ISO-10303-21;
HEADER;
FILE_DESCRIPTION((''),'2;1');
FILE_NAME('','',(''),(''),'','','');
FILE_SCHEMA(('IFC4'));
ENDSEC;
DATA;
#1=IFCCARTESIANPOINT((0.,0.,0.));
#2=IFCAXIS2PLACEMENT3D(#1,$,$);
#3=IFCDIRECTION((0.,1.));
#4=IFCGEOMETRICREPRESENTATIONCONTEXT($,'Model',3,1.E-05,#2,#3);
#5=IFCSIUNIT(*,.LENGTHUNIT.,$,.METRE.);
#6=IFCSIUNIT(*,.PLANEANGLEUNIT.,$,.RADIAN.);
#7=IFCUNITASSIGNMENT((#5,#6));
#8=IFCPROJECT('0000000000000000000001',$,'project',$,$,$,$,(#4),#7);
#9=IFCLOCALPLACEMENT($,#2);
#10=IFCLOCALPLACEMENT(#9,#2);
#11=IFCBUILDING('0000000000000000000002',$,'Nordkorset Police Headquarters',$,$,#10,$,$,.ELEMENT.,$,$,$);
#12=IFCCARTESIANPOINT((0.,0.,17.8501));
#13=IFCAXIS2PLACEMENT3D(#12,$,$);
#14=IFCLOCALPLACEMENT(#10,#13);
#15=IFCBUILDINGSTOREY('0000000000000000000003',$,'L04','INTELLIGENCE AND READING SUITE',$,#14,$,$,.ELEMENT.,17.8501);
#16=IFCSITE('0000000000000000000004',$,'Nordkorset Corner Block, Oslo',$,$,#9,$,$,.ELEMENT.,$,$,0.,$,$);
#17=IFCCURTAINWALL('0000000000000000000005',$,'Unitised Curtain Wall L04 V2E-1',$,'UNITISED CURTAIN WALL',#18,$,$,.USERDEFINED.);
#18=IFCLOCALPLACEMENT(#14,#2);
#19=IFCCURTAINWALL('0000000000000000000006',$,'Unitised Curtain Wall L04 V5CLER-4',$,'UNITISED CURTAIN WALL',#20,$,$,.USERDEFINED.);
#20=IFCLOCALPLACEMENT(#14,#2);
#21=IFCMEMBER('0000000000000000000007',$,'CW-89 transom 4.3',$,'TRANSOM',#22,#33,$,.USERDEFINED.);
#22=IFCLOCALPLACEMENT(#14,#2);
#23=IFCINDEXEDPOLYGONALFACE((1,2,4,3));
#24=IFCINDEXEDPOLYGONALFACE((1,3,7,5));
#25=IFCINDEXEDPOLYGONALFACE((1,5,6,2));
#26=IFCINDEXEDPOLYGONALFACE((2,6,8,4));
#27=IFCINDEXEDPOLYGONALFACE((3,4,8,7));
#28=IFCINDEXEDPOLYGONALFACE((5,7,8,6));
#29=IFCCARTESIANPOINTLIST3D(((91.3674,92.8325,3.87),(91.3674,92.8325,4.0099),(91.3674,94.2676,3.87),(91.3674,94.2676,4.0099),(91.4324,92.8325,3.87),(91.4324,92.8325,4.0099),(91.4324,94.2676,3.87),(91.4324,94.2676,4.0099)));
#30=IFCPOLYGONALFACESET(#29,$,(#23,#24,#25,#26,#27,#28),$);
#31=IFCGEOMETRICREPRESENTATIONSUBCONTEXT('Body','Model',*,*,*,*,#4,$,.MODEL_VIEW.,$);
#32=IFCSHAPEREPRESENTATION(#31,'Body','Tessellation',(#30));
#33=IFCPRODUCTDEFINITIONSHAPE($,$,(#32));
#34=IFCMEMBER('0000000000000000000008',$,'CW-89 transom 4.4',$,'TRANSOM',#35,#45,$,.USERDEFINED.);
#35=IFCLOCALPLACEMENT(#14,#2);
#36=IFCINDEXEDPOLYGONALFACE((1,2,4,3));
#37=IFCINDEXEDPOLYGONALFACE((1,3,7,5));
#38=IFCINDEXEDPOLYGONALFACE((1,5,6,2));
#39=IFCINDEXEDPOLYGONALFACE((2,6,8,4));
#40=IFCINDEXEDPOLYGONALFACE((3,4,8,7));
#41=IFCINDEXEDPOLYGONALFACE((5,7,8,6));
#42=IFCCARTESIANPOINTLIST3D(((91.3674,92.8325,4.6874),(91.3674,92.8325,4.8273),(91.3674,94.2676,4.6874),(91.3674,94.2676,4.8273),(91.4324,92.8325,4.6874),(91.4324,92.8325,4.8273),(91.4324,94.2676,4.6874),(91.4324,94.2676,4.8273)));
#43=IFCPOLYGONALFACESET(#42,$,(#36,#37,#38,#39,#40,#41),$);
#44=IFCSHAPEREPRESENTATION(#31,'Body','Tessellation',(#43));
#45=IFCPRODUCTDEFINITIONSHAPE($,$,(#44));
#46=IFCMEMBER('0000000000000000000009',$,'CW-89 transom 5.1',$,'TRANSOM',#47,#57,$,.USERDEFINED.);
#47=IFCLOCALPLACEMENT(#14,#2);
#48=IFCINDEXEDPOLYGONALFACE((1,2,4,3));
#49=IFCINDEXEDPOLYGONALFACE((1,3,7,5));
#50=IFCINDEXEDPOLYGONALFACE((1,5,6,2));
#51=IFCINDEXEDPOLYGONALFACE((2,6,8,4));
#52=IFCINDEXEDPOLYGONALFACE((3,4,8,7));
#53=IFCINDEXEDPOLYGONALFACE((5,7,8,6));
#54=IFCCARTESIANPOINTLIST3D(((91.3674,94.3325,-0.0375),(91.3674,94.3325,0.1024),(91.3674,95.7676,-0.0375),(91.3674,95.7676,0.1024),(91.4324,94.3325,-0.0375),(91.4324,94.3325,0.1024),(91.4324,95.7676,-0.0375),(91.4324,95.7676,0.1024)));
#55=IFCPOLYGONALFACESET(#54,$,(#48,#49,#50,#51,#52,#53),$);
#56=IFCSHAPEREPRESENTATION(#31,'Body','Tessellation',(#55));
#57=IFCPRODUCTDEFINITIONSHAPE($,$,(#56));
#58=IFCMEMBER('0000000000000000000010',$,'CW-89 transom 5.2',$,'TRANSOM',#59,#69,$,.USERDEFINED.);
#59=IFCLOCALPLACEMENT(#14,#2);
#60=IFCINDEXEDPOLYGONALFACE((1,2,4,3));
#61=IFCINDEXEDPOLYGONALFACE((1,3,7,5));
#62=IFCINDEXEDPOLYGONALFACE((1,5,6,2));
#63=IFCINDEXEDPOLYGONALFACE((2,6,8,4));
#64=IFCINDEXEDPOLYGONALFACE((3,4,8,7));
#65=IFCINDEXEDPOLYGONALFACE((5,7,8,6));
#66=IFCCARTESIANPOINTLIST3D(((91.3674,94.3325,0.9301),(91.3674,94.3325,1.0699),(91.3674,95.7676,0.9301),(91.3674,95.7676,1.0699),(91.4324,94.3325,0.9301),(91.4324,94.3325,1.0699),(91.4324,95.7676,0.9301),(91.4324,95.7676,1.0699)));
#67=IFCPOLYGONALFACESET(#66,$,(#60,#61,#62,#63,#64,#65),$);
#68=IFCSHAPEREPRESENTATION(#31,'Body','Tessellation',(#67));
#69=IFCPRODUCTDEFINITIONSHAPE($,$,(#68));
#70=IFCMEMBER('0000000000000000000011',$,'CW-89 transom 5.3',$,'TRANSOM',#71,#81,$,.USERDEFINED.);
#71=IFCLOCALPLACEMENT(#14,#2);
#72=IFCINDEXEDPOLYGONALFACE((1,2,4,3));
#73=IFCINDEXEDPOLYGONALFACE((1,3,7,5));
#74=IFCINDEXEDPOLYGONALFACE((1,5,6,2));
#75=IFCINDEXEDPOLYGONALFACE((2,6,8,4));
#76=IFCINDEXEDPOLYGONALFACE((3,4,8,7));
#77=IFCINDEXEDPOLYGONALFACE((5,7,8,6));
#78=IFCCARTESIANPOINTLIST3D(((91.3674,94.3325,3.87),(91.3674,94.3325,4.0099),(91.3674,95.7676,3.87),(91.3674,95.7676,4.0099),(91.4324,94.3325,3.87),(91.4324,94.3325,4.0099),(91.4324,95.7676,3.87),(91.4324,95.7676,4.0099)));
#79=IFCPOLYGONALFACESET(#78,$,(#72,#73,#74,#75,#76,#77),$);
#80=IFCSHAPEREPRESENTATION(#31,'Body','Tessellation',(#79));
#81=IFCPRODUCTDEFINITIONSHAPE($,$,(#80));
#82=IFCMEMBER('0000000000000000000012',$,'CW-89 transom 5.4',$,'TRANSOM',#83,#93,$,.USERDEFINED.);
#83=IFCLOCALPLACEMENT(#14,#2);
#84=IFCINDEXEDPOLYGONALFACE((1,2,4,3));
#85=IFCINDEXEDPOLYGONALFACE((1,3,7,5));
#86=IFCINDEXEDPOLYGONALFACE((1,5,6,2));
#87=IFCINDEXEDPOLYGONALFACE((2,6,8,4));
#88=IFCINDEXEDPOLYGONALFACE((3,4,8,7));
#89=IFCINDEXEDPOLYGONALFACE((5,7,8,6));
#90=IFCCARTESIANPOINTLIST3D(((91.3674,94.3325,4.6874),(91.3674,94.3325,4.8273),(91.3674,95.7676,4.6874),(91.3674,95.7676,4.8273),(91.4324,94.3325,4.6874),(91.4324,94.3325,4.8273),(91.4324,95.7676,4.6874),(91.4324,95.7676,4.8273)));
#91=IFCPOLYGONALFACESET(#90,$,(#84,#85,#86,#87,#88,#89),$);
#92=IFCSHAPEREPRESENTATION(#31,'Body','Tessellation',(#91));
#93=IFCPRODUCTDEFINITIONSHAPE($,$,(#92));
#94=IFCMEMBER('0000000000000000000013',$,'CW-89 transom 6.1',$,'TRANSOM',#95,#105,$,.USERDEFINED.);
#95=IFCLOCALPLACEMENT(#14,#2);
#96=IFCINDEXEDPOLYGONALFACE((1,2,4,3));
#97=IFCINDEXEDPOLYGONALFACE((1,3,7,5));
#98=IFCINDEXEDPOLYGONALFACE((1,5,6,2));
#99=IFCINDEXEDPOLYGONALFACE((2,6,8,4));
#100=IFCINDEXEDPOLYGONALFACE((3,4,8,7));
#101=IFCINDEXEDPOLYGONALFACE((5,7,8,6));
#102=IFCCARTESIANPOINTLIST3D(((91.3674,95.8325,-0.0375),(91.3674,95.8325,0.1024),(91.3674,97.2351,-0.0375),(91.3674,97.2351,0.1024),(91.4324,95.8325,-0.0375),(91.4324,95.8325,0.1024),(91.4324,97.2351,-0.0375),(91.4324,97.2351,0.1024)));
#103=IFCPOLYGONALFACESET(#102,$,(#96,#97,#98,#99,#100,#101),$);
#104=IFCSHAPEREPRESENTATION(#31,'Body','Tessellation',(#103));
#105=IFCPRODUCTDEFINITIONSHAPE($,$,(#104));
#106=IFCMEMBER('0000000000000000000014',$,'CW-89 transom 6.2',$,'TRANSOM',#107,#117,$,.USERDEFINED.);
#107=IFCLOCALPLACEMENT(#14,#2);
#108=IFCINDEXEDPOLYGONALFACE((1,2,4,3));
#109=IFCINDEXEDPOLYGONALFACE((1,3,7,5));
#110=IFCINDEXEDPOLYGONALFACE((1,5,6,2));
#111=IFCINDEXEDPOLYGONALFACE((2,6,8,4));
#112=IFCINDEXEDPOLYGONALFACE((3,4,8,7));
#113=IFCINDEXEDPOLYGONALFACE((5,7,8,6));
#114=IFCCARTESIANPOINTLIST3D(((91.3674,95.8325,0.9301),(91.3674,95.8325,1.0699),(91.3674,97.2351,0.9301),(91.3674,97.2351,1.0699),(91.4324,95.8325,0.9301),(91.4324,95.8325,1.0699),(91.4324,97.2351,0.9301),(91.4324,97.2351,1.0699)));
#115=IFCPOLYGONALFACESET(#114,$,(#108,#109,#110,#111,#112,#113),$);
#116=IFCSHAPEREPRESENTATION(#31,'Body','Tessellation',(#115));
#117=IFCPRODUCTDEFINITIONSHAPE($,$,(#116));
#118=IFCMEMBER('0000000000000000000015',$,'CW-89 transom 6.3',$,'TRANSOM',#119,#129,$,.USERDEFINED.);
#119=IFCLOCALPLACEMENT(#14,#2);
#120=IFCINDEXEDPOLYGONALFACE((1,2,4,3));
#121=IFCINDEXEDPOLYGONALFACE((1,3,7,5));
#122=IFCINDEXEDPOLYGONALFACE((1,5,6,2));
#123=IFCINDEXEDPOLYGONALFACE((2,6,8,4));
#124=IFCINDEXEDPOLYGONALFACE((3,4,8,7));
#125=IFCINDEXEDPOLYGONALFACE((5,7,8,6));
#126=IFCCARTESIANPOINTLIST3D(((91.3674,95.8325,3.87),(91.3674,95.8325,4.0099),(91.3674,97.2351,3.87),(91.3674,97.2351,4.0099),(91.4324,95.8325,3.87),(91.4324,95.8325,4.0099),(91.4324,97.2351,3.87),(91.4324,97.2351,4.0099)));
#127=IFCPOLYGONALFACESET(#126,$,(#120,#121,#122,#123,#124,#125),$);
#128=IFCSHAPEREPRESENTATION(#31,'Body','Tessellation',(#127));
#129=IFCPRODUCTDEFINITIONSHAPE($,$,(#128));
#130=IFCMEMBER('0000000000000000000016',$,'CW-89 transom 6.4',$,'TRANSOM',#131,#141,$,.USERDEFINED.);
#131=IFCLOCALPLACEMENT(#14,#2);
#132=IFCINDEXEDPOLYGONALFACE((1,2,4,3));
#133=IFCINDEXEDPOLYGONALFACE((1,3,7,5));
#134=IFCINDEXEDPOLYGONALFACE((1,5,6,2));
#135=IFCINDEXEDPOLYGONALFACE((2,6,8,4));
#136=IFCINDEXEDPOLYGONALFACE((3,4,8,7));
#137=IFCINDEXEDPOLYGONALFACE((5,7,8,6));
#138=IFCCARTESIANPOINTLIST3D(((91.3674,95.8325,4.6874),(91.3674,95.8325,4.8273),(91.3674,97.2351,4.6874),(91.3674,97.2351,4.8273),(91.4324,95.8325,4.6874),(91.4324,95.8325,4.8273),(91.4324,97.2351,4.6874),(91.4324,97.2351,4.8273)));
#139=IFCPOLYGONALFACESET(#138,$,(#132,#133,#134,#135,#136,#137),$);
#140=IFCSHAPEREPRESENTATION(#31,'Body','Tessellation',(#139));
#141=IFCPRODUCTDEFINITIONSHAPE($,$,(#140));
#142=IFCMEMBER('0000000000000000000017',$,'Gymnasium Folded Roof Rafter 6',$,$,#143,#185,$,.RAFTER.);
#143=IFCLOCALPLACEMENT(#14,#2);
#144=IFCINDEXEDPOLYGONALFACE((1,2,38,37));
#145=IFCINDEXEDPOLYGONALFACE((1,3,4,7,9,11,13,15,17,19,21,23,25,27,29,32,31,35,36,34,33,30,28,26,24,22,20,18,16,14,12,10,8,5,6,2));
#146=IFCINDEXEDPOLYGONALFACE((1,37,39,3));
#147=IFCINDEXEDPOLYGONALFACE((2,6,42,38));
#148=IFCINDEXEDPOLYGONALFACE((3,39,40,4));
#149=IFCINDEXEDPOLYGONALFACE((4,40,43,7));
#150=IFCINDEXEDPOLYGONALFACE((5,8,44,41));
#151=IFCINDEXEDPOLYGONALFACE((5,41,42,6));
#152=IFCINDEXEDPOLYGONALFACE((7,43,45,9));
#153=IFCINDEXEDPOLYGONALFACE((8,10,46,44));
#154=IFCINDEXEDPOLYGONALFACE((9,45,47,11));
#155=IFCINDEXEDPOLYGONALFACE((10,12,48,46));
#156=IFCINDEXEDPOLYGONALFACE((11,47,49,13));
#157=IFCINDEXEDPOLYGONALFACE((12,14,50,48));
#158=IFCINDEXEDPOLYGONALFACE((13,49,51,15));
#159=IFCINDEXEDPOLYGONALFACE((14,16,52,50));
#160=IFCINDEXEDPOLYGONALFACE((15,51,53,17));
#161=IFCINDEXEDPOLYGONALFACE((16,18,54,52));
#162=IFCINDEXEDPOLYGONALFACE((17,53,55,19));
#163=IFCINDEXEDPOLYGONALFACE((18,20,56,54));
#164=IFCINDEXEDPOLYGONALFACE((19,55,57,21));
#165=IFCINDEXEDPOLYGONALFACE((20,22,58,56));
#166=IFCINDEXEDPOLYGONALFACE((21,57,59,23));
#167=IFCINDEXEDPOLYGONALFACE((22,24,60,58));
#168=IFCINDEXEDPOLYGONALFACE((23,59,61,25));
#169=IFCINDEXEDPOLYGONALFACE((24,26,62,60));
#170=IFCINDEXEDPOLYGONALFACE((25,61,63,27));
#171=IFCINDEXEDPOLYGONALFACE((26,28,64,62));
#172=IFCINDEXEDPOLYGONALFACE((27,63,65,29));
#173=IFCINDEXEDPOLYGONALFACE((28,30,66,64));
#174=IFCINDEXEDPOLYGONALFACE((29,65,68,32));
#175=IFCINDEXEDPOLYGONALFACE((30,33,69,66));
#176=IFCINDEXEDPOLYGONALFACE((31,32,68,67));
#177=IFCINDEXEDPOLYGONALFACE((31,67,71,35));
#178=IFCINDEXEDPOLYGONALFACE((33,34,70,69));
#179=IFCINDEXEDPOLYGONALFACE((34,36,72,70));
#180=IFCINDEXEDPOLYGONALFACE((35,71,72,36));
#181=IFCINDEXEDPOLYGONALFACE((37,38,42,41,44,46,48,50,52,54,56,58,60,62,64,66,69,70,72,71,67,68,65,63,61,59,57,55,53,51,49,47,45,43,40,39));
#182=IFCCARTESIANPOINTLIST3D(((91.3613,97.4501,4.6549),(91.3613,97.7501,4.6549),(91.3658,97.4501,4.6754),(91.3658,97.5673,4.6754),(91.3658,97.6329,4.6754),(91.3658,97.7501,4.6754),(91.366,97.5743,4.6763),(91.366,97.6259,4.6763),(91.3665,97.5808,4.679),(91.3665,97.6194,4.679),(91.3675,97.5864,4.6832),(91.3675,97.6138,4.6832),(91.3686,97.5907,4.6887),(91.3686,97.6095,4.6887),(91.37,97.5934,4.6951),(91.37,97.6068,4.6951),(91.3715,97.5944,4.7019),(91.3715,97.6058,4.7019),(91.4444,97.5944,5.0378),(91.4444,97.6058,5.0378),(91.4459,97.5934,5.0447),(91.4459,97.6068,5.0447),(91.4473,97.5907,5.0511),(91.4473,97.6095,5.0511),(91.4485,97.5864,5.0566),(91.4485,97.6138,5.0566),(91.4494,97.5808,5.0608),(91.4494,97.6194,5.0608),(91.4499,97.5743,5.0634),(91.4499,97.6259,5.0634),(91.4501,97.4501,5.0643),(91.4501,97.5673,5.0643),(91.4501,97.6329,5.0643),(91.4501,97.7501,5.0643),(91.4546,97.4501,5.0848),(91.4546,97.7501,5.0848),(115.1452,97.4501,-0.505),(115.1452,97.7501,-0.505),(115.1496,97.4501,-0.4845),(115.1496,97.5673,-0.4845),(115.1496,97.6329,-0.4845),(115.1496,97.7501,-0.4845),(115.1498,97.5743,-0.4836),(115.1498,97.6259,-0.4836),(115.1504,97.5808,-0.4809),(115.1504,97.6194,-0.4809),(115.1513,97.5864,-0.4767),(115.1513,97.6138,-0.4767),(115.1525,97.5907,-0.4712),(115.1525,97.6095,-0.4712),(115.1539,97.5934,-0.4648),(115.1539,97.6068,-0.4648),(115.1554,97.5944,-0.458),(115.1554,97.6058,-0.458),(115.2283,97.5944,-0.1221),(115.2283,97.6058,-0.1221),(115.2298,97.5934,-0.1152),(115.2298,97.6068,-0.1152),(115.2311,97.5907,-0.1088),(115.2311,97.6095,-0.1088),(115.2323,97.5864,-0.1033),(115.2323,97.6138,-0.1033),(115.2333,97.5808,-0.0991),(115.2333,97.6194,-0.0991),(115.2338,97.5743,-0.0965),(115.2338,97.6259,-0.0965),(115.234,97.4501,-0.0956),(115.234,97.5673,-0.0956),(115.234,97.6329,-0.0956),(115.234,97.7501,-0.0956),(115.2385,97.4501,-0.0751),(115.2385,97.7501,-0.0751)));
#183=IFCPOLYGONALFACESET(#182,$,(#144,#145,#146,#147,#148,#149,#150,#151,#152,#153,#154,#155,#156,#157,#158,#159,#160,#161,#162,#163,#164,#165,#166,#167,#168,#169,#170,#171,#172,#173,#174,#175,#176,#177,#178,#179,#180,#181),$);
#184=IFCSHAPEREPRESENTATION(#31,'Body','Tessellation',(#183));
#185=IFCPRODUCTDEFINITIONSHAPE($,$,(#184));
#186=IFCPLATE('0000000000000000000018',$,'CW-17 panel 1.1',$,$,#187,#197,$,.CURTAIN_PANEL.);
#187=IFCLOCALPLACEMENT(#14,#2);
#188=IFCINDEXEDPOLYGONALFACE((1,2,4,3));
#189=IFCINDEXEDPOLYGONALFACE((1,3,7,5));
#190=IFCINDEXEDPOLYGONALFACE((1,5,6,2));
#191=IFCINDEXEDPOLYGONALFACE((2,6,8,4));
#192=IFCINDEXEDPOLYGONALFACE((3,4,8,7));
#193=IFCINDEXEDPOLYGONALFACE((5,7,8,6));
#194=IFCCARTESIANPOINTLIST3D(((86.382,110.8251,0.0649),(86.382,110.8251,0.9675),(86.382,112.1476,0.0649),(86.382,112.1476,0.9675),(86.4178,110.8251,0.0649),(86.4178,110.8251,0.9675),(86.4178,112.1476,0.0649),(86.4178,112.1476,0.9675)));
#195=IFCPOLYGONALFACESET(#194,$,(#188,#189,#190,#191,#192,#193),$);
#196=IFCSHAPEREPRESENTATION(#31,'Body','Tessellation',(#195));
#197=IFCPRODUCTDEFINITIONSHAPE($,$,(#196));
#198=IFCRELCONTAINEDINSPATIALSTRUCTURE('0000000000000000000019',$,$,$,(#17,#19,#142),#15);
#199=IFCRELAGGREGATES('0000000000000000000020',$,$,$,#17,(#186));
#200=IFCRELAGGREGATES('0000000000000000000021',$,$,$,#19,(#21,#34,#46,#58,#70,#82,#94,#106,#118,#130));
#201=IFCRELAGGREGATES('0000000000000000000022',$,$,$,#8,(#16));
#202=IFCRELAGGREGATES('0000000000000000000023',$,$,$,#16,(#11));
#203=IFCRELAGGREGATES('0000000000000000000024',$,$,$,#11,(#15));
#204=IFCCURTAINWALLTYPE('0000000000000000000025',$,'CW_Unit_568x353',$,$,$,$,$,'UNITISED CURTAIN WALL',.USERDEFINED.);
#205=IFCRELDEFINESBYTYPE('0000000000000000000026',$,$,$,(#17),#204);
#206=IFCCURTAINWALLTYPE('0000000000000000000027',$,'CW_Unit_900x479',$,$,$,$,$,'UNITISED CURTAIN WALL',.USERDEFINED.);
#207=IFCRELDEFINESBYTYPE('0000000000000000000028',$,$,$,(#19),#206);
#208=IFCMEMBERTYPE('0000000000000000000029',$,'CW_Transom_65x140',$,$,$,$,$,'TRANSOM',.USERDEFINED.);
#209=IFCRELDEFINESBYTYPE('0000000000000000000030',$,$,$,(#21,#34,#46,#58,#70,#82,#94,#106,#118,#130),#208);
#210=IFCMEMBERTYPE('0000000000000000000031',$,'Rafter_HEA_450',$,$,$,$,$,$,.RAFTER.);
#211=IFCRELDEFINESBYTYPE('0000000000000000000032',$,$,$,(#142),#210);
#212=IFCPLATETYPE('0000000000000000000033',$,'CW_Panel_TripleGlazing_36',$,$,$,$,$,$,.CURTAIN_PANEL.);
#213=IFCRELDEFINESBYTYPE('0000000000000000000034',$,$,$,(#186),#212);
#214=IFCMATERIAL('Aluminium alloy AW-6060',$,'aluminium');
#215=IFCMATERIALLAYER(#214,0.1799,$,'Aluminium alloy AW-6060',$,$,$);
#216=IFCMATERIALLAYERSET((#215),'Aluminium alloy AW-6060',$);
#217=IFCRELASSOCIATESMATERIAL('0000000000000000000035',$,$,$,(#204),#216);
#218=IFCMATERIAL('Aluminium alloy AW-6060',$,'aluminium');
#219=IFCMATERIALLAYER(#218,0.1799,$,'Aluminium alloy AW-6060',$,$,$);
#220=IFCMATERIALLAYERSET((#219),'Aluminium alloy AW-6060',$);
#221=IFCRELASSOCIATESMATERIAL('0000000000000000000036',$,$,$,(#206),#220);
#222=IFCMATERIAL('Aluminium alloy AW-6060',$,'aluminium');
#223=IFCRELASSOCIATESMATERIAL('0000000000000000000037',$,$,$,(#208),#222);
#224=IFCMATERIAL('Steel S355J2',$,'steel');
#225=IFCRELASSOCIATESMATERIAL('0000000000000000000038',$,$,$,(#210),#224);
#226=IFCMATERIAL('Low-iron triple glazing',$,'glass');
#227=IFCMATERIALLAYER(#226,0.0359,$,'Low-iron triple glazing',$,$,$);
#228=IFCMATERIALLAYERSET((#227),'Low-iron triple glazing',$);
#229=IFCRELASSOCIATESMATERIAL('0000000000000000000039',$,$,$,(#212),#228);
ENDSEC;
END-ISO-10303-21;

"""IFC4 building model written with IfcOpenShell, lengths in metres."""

from ifc_helpers import new_model, si_unit, direction, frame, origin, origin_2d, place, context, subcontext, project, spatial, rectangle, i_section, extrude, material, layer, layer_set, material_profile, profile_set, type_object, element, aggregate, save


model = new_model("IFC4")

# Units and contexts
model_context = context("Model", 3, precision=1e-05, world=origin(), true_north=direction((0.0, 1.0)))
body_context = subcontext(model_context, "Body", "Model", "MODEL_VIEW")
ifc_project = project(units=[si_unit("LENGTHUNIT", "METRE"), si_unit("PLANEANGLEUNIT", "RADIAN")], contexts=[model_context])

# Site, building, storey
site_placement = place(None, origin())
site = spatial("IfcSite", under=ifc_project, at=site_placement, Name="Nordkorset Corner Block, Oslo", CompositionType="ELEMENT", RefElevation=0.0)
building_placement = place(site_placement, origin())
building = spatial("IfcBuilding", under=site, at=building_placement, Name="Nordkorset Police Headquarters", CompositionType="ELEMENT")
storey_placement = place(building_placement, frame((0.0, 0.0, 17.8501)))
storey = spatial("IfcBuildingStorey", under=building, at=storey_placement, Name="L04", Description="INTELLIGENCE AND READING SUITE", CompositionType="ELEMENT", Elevation=17.8501)

# Curtain wall
ifc_material_1 = material(Name="Aluminium alloy AW-6060", Category="aluminium")
ifc_layer_1 = layer(ifc_material_1, 0.1799, Name="Aluminium alloy AW-6060")
ifc_layer_set_1 = layer_set([ifc_layer_1], Name="Aluminium alloy AW-6060")
curtain_wall_type_1 = type_object("IfcCurtainWallType", Name="CW_Unit_568x353", ElementType="UNITISED CURTAIN WALL", PredefinedType="USERDEFINED", material=ifc_layer_set_1)
curtain_wall_1_placement = place(storey_placement, origin())
curtain_wall_1 = element("IfcCurtainWall", 1, at=curtain_wall_1_placement, inside=storey, type_object=curtain_wall_type_1, Name="Unitised Curtain Wall L04 V2E-1", ObjectType="UNITISED CURTAIN WALL", PredefinedType="USERDEFINED")

# Curtain wall
ifc_material_2 = material(Name="Aluminium alloy AW-6060", Category="aluminium")
ifc_layer_2 = layer(ifc_material_2, 0.1799, Name="Aluminium alloy AW-6060")
ifc_layer_set_2 = layer_set([ifc_layer_2], Name="Aluminium alloy AW-6060")
curtain_wall_type_2 = type_object("IfcCurtainWallType", Name="CW_Unit_900x479", ElementType="UNITISED CURTAIN WALL", PredefinedType="USERDEFINED", material=ifc_layer_set_2)
curtain_wall_2_placement = place(storey_placement, origin())
curtain_wall_2 = element("IfcCurtainWall", 2, at=curtain_wall_2_placement, inside=storey, type_object=curtain_wall_type_2, Name="Unitised Curtain Wall L04 V5CLER-4", ObjectType="UNITISED CURTAIN WALL", PredefinedType="USERDEFINED")

# Members
ifc_material_3 = material(Name="Aluminium alloy AW-6060", Category="aluminium")
ifc_material_profile_1 = material_profile(ifc_material_3, rectangle(XDim=0.0649, YDim=0.1399, at=origin_2d()), Name="ALU TRAN 65x140")
ifc_profile_set_1 = profile_set([ifc_material_profile_1], Name="Aluminium alloy AW-6060")
member_type_1 = type_object("IfcMemberType", Name="CW_Transom_65x140", ElementType="TRANSOM", PredefinedType="USERDEFINED", material=ifc_profile_set_1)
member_1_placement = place(storey_placement, frame((91.3999, 92.8325, 3.9399), z_axis=(0.0, 1.0, 0.0), x_axis=(-1.0, 0.0, 0.0)))
member_1 = element("IfcMember", 3, at=member_1_placement, type_object=member_type_1, Name="CW-89 transom 4.3", ObjectType="TRANSOM", PredefinedType="USERDEFINED", context=body_context, shape_type="SweptSolid", body=[
    extrude(rectangle(XDim=0.0649, YDim=0.1399, at=origin_2d()), origin(), (0.0, 0.0, 1.0), 1.4351),
])
member_2_placement = place(storey_placement, frame((91.3999, 92.8325, 4.7573), z_axis=(0.0, 1.0, 0.0), x_axis=(-1.0, 0.0, 0.0)))
member_2 = element("IfcMember", 4, at=member_2_placement, type_object=member_type_1, Name="CW-89 transom 4.4", ObjectType="TRANSOM", PredefinedType="USERDEFINED", context=body_context, shape_type="SweptSolid", body=[
    extrude(rectangle(XDim=0.0649, YDim=0.1399, at=origin_2d()), origin(), (0.0, 0.0, 1.0), 1.4351),
])
member_3_placement = place(storey_placement, frame((91.3999, 94.3325, 0.0325), z_axis=(0.0, 1.0, 0.0), x_axis=(-1.0, 0.0, 0.0)))
member_3 = element("IfcMember", 5, at=member_3_placement, type_object=member_type_1, Name="CW-89 transom 5.1", ObjectType="TRANSOM", PredefinedType="USERDEFINED", context=body_context, shape_type="SweptSolid", body=[
    extrude(rectangle(XDim=0.0649, YDim=0.1399, at=origin_2d()), origin(), (0.0, 0.0, 1.0), 1.4351),
])
member_4_placement = place(storey_placement, frame((91.3999, 94.3325, 1.0), z_axis=(0.0, 1.0, 0.0), x_axis=(-1.0, 0.0, 0.0)))
member_4 = element("IfcMember", 6, at=member_4_placement, type_object=member_type_1, Name="CW-89 transom 5.2", ObjectType="TRANSOM", PredefinedType="USERDEFINED", context=body_context, shape_type="SweptSolid", body=[
    extrude(rectangle(XDim=0.0649, YDim=0.1399, at=origin_2d()), origin(), (0.0, 0.0, 1.0), 1.4351),
])
member_5_placement = place(storey_placement, frame((91.3999, 94.3325, 3.9399), z_axis=(0.0, 1.0, 0.0), x_axis=(-1.0, 0.0, 0.0)))
member_5 = element("IfcMember", 7, at=member_5_placement, type_object=member_type_1, Name="CW-89 transom 5.3", ObjectType="TRANSOM", PredefinedType="USERDEFINED", context=body_context, shape_type="SweptSolid", body=[
    extrude(rectangle(XDim=0.0649, YDim=0.1399, at=origin_2d()), origin(), (0.0, 0.0, 1.0), 1.4351),
])
member_6_placement = place(storey_placement, frame((91.3999, 94.3325, 4.7573), z_axis=(0.0, 1.0, 0.0), x_axis=(-1.0, 0.0, 0.0)))
member_6 = element("IfcMember", 8, at=member_6_placement, type_object=member_type_1, Name="CW-89 transom 5.4", ObjectType="TRANSOM", PredefinedType="USERDEFINED", context=body_context, shape_type="SweptSolid", body=[
    extrude(rectangle(XDim=0.0649, YDim=0.1399, at=origin_2d()), origin(), (0.0, 0.0, 1.0), 1.4351),
])
member_7_placement = place(storey_placement, frame((91.3999, 95.8325, 0.0325), z_axis=(0.0, 1.0, 0.0), x_axis=(-1.0, 0.0, 0.0)))
member_7 = element("IfcMember", 9, at=member_7_placement, type_object=member_type_1, Name="CW-89 transom 6.1", ObjectType="TRANSOM", PredefinedType="USERDEFINED", context=body_context, shape_type="SweptSolid", body=[
    extrude(rectangle(XDim=0.0649, YDim=0.1399, at=origin_2d()), origin(), (0.0, 0.0, 1.0), 1.4026),
])
member_8_placement = place(storey_placement, frame((91.3999, 95.8325, 1.0), z_axis=(0.0, 1.0, 0.0), x_axis=(-1.0, 0.0, 0.0)))
member_8 = element("IfcMember", 10, at=member_8_placement, type_object=member_type_1, Name="CW-89 transom 6.2", ObjectType="TRANSOM", PredefinedType="USERDEFINED", context=body_context, shape_type="SweptSolid", body=[
    extrude(rectangle(XDim=0.0649, YDim=0.1399, at=origin_2d()), origin(), (0.0, 0.0, 1.0), 1.4026),
])
member_9_placement = place(storey_placement, frame((91.3999, 95.8325, 3.9399), z_axis=(0.0, 1.0, 0.0), x_axis=(-1.0, 0.0, 0.0)))
member_9 = element("IfcMember", 11, at=member_9_placement, type_object=member_type_1, Name="CW-89 transom 6.3", ObjectType="TRANSOM", PredefinedType="USERDEFINED", context=body_context, shape_type="SweptSolid", body=[
    extrude(rectangle(XDim=0.0649, YDim=0.1399, at=origin_2d()), origin(), (0.0, 0.0, 1.0), 1.4026),
])
member_10_placement = place(storey_placement, frame((91.3999, 95.8325, 4.7573), z_axis=(0.0, 1.0, 0.0), x_axis=(-1.0, 0.0, 0.0)))
member_10 = element("IfcMember", 12, at=member_10_placement, type_object=member_type_1, Name="CW-89 transom 6.4", ObjectType="TRANSOM", PredefinedType="USERDEFINED", context=body_context, shape_type="SweptSolid", body=[
    extrude(rectangle(XDim=0.0649, YDim=0.1399, at=origin_2d()), origin(), (0.0, 0.0, 1.0), 1.4026),
])
ifc_material_4 = material(Name="Steel S355J2", Category="steel")
ifc_material_profile_2 = material_profile(ifc_material_4, i_section(OverallWidth=0.3, OverallDepth=0.4399, WebThickness=0.0115, FlangeThickness=0.021, FilletRadius=0.0271, at=origin_2d()), Name="HEA 450")
ifc_profile_set_2 = profile_set([ifc_material_profile_2], Name="Steel S355J2")
member_type_2 = type_object("IfcMemberType", Name="Rafter_HEA_450", PredefinedType="RAFTER", material=ifc_profile_set_2)
member_11_placement = place(storey_placement, frame((91.408, 97.6001, 4.8699), z_axis=(0.977266, 0.0, -0.212017), x_axis=(0.0, 1.0, 0.0)))
element("IfcMember", 13, at=member_11_placement, inside=storey, type_object=member_type_2, Name="Gymnasium Folded Roof Rafter 6", PredefinedType="RAFTER", context=body_context, shape_type="SweptSolid", body=[
    extrude(i_section(OverallWidth=0.3, OverallDepth=0.4399, WebThickness=0.0115, FlangeThickness=0.021, FilletRadius=0.0271, at=origin_2d()), origin(), (0.0, 0.0, 1.0), 24.3372),
])

# Plate
ifc_material_5 = material(Name="Low-iron triple glazing", Category="glass")
ifc_layer_3 = layer(ifc_material_5, 0.0359, Name="Low-iron triple glazing")
ifc_layer_set_3 = layer_set([ifc_layer_3], Name="Low-iron triple glazing")
plate_type = type_object("IfcPlateType", Name="CW_Panel_TripleGlazing_36", PredefinedType="CURTAIN_PANEL", material=ifc_layer_set_3)
plate_1_placement = place(storey_placement, frame((86.3999, 111.4863, 0.0649), z_axis=(0.0, 0.0, 1.0), x_axis=(0.0, 1.0, 0.0)))
plate_1 = element("IfcPlate", 14, at=plate_1_placement, type_object=plate_type, Name="CW-17 panel 1.1", PredefinedType="CURTAIN_PANEL", context=body_context, shape_type="SweptSolid", body=[
    extrude(rectangle(XDim=1.3225, YDim=0.0359, at=origin_2d()), origin(), (0.0, 0.0, 1.0), 0.9026),
])
aggregate(curtain_wall_1, [plate_1])
aggregate(curtain_wall_2, [member_1, member_2, member_3, member_4, member_5, member_6, member_7, member_8, member_9, member_10])

save(model, "model.ifc")
